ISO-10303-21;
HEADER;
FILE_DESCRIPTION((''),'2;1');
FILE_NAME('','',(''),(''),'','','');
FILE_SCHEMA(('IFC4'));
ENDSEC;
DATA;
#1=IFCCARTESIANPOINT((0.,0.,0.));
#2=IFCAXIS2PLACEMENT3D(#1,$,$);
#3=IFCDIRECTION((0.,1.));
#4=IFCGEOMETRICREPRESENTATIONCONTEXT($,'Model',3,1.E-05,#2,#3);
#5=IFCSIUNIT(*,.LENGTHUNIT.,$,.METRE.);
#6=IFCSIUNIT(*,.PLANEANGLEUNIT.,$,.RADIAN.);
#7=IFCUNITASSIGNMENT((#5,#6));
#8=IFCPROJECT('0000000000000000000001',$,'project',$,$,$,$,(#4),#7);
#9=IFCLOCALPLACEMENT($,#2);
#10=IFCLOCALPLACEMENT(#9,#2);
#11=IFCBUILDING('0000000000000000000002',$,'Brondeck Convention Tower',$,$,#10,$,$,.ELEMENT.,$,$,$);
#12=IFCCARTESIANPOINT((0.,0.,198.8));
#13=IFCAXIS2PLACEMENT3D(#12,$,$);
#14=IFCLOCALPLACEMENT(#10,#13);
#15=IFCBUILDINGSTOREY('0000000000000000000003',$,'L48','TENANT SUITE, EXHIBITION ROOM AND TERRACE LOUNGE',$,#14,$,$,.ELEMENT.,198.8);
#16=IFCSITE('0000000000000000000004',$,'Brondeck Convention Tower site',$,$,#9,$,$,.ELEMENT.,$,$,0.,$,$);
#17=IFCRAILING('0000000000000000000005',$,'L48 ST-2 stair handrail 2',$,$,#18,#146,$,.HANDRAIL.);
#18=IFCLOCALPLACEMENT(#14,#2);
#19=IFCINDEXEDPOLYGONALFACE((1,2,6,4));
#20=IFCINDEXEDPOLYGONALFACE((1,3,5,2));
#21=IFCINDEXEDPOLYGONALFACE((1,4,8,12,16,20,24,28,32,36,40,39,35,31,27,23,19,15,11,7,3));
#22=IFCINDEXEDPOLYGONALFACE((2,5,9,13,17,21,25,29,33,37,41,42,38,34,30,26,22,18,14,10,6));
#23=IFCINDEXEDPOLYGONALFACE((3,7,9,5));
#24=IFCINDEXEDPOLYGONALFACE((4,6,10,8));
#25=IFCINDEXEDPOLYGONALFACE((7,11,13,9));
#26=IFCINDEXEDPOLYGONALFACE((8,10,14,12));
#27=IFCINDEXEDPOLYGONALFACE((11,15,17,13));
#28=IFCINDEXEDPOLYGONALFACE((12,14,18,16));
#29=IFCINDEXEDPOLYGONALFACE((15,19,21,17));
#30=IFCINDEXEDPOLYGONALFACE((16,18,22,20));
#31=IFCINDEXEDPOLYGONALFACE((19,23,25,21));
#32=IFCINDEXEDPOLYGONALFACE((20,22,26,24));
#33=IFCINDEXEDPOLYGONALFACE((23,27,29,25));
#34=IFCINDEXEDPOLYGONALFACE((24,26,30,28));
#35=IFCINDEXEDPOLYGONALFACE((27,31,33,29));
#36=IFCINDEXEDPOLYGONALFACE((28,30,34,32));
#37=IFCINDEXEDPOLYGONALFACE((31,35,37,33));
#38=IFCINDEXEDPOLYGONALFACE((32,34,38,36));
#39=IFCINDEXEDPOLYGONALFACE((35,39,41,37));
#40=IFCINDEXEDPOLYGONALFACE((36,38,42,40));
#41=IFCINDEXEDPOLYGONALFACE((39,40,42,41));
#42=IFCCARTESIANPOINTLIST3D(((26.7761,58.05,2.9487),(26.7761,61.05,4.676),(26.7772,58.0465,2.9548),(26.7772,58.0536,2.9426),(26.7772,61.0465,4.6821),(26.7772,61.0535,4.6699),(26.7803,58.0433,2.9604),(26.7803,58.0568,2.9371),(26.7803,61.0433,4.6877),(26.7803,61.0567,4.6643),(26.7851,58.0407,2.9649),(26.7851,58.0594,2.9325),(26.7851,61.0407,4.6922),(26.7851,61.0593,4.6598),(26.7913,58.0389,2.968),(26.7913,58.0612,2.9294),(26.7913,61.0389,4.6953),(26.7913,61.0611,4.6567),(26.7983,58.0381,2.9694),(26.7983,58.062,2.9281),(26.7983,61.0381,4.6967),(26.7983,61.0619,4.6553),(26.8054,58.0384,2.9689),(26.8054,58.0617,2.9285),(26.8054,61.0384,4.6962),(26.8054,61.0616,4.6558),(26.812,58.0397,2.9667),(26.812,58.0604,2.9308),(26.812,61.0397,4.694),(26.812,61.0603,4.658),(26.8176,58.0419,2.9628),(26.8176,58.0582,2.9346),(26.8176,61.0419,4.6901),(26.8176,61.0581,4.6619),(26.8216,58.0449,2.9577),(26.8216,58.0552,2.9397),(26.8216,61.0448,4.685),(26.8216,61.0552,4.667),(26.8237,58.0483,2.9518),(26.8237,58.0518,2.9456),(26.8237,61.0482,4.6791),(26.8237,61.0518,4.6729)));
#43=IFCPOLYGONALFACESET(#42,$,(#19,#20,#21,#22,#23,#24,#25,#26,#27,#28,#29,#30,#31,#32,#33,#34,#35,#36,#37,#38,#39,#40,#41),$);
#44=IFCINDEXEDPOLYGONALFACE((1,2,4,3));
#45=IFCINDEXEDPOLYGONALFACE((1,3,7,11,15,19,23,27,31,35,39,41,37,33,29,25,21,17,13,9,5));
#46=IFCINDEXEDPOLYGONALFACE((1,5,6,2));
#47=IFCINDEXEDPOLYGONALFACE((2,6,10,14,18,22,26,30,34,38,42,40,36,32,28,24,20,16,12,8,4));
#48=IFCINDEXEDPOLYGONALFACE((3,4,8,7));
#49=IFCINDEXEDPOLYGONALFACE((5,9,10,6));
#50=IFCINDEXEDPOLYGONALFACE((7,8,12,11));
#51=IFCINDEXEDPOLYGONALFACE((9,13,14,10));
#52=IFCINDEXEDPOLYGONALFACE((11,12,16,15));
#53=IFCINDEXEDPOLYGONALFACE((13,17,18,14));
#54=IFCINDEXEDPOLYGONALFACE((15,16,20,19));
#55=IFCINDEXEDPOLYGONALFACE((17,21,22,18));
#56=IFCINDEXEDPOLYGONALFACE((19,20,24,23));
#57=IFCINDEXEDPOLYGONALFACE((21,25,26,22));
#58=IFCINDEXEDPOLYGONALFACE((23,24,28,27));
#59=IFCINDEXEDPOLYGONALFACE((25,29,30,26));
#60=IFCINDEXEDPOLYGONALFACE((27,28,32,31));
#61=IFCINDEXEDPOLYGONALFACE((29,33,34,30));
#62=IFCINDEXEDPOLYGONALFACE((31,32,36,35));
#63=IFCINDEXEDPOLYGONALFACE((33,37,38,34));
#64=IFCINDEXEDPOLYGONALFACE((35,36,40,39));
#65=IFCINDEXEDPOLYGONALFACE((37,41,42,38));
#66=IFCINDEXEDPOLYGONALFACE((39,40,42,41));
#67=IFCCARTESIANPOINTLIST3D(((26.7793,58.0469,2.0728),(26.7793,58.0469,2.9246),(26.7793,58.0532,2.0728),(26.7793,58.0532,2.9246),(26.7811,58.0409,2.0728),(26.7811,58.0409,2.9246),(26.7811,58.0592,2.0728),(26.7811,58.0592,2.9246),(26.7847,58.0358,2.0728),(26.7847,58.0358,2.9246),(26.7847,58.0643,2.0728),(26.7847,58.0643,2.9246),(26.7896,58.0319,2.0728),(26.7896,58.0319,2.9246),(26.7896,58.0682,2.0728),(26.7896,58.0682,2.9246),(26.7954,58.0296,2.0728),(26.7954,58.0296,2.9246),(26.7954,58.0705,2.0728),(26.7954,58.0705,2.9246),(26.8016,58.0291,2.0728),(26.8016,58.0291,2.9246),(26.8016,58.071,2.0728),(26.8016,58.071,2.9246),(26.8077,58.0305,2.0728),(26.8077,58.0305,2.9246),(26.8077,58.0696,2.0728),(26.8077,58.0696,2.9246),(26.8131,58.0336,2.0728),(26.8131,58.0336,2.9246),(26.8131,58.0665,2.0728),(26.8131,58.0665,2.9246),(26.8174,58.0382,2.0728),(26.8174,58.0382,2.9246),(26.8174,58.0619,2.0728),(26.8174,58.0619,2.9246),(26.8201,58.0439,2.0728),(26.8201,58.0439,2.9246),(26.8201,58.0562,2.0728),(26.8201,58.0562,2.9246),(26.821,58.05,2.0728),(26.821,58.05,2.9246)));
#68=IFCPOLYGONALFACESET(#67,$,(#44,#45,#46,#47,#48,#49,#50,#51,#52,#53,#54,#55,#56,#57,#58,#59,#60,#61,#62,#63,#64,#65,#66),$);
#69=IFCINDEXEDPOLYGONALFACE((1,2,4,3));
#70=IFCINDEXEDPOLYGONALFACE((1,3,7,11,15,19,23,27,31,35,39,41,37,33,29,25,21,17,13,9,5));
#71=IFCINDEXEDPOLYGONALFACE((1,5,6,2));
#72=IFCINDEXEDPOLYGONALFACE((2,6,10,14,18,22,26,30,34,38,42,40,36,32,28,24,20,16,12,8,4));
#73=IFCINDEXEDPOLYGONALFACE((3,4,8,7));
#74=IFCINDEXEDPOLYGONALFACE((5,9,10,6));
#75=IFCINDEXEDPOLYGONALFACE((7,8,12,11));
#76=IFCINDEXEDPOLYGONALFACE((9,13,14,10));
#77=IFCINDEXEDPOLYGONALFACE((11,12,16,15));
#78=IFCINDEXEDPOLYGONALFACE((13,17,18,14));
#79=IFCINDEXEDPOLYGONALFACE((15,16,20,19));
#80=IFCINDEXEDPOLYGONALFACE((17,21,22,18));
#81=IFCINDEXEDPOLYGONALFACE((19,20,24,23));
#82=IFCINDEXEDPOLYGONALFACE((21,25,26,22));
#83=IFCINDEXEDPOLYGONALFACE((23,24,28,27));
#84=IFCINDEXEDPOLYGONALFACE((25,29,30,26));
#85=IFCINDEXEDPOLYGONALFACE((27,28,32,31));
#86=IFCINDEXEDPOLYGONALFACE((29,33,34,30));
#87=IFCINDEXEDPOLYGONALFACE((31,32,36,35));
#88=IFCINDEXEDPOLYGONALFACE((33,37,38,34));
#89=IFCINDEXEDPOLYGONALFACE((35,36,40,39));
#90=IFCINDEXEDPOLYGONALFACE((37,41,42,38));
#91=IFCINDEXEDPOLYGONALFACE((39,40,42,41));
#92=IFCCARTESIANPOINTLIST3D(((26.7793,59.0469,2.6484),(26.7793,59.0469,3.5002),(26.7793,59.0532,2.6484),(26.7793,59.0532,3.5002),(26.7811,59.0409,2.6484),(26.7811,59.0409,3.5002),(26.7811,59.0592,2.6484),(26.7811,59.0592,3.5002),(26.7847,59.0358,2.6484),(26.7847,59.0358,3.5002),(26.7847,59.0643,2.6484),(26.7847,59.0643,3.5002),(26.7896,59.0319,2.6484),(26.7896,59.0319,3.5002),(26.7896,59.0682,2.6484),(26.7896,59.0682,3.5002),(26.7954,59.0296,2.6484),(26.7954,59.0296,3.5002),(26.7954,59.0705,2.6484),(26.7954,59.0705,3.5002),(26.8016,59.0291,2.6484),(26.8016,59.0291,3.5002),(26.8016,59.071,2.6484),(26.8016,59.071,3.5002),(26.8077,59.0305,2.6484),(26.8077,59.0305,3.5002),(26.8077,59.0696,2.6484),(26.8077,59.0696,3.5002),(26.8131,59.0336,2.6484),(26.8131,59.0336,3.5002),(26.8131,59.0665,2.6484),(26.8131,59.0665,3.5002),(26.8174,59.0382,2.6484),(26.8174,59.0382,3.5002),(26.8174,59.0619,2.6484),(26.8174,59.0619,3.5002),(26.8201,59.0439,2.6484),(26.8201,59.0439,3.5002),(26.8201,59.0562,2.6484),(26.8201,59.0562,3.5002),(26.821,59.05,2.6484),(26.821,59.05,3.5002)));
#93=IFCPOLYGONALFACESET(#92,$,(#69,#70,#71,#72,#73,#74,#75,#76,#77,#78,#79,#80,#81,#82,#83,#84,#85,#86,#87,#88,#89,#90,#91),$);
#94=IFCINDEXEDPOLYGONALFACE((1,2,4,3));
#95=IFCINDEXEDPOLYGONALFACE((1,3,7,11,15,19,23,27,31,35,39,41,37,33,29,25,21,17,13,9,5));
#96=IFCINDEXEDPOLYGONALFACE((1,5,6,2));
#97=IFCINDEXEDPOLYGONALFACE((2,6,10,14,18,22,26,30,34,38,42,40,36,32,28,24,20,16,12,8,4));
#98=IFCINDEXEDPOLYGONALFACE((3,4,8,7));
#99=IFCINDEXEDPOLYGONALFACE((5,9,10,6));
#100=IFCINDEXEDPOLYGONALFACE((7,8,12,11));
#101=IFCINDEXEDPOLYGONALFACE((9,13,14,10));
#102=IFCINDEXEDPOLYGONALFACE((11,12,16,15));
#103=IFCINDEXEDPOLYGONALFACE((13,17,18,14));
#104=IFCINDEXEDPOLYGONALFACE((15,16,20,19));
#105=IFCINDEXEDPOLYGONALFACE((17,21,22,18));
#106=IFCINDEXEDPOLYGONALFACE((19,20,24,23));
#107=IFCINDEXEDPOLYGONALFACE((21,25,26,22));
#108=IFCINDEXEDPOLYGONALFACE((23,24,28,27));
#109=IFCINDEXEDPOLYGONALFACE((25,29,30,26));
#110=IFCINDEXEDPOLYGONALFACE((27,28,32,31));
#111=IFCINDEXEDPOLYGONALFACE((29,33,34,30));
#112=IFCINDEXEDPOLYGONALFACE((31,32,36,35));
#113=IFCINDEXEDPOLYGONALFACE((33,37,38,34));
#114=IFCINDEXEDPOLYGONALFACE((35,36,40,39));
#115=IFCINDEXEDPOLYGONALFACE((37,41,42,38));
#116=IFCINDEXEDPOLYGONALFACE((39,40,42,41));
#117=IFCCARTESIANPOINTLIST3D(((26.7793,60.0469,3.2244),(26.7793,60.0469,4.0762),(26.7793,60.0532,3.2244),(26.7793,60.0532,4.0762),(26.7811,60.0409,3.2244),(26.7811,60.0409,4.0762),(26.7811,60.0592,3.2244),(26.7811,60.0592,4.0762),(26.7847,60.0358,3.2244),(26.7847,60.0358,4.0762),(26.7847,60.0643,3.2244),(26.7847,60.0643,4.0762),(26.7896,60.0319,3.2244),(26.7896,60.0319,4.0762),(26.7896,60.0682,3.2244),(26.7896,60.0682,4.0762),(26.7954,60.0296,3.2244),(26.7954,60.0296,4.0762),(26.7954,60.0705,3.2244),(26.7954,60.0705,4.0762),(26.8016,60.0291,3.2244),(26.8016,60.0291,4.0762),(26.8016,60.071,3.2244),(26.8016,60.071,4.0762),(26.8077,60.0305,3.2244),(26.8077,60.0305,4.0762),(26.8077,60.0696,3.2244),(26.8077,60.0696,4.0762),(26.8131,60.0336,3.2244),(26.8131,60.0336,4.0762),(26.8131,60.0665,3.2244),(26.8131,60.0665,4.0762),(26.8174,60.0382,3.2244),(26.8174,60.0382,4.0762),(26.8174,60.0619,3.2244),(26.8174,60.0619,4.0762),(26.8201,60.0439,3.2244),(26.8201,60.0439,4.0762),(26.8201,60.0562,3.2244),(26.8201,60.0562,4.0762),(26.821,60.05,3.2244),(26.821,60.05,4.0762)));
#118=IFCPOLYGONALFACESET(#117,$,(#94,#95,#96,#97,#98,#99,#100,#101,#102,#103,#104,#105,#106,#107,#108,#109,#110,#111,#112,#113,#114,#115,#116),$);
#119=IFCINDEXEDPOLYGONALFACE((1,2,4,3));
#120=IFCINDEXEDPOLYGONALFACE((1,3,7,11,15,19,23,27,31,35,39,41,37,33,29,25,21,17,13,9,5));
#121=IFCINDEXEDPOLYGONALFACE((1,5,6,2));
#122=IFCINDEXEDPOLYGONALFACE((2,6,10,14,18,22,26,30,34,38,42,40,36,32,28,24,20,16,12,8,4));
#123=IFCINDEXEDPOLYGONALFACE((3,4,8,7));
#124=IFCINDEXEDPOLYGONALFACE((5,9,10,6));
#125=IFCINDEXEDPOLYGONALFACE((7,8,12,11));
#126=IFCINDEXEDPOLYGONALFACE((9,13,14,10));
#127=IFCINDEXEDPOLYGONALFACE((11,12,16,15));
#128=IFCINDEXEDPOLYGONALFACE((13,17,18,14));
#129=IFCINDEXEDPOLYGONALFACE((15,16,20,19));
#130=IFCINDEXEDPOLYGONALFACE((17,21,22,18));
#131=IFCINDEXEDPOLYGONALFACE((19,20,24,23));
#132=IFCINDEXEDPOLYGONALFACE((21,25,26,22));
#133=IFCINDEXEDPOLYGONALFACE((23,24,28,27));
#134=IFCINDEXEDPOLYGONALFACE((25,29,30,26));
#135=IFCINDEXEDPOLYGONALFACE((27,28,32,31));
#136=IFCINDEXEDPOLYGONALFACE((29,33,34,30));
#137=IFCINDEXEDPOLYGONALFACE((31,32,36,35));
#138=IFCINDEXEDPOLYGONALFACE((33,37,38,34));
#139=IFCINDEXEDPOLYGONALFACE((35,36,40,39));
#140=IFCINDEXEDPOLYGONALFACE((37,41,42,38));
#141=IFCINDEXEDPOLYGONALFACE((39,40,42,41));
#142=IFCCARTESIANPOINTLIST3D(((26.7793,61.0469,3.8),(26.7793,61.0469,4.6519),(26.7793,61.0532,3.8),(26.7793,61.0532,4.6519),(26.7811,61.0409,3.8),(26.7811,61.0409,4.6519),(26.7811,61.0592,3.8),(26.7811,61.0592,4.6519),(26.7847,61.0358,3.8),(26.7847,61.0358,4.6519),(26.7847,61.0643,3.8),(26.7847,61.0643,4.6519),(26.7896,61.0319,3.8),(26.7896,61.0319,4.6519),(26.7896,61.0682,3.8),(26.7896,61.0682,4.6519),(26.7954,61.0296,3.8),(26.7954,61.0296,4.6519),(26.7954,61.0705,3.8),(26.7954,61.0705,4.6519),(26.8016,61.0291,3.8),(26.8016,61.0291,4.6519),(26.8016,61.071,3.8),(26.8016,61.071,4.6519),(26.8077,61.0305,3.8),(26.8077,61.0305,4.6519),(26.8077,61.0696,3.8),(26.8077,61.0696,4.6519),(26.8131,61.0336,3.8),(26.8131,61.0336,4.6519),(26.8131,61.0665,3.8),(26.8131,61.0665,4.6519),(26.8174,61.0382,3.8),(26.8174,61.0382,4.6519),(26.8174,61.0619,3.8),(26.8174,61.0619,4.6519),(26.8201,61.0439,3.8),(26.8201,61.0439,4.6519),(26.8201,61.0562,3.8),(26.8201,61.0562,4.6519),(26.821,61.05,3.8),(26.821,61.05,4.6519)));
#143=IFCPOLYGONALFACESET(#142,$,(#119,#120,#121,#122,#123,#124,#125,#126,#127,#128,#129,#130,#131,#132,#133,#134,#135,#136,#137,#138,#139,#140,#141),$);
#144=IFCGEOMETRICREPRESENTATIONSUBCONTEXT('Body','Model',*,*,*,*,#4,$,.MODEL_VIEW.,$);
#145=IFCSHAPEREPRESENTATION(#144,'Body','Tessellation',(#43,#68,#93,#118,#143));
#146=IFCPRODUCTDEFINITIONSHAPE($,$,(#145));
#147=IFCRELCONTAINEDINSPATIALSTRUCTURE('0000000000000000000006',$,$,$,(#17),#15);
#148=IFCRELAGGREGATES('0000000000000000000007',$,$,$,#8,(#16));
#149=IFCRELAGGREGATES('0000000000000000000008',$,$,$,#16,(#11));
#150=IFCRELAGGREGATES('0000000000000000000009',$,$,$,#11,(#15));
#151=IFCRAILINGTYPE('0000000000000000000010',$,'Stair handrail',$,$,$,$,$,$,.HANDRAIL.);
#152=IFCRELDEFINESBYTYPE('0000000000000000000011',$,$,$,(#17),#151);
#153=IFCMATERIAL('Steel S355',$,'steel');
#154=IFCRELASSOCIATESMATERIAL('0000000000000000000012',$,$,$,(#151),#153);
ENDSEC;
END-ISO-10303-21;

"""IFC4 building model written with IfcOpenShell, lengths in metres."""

from ifc_helpers import new_model, si_unit, direction, frame, origin, origin_2d, place, context, subcontext, project, spatial, circle, extrude, material, type_object, element, save


model = new_model("IFC4")

# Units and contexts
model_context = context("Model", 3, precision=1e-05, world=origin(), true_north=direction((0.0, 1.0)))
body_context = subcontext(model_context, "Body", "Model", "MODEL_VIEW")
ifc_project = project(units=[si_unit("LENGTHUNIT", "METRE"), si_unit("PLANEANGLEUNIT", "RADIAN")], contexts=[model_context])

# Site, building, storey
site_placement = place(None, origin())
site = spatial("IfcSite", under=ifc_project, at=site_placement, Name="Brondeck Convention Tower site", CompositionType="ELEMENT", RefElevation=0.0)
building_placement = place(site_placement, origin())
building = spatial("IfcBuilding", under=site, at=building_placement, Name="Brondeck Convention Tower", CompositionType="ELEMENT")
storey_placement = place(building_placement, frame((0.0, 0.0, 198.8)))
storey = spatial("IfcBuildingStorey", under=building, at=storey_placement, Name="L48", Description="TENANT SUITE, EXHIBITION ROOM AND TERRACE LOUNGE", CompositionType="ELEMENT", Elevation=198.8)

# Shared definitions
ifc_material_1 = material(Name="Steel S355", Category="steel")

# Railing
railing_type_1 = type_object("IfcRailingType", Name="Stair handrail", PredefinedType="HANDRAIL", material=ifc_material_1)
railing_1_placement = place(storey_placement, frame((26.8, 58.05, 2.0728)))
element("IfcRailing", 1, at=railing_1_placement, inside=storey, type_object=railing_type_1, Name="L48 ST-2 stair handrail 2", PredefinedType="HANDRAIL", context=body_context, shape_type="SweptSolid", body=[
    extrude(circle(Radius=0.0239, at=origin_2d()), frame((0.0, 0.0, 0.876), z_axis=(0.0, 0.86662, 0.498969), x_axis=(-1.0, 0.0, 0.0)), (0.0, 0.0, 1.0), 3.4617),
    extrude(circle(Radius=0.021, at=origin_2d()), origin(), (0.0, 0.0, 1.0), 0.8518),
    extrude(circle(Radius=0.021, at=origin_2d()), frame((0.0, 1.0, 0.5757)), (0.0, 0.0, 1.0), 0.8518),
    extrude(circle(Radius=0.021, at=origin_2d()), frame((0.0, 2.0, 1.1516)), (0.0, 0.0, 1.0), 0.8518),
    extrude(circle(Radius=0.021, at=origin_2d()), frame((0.0, 3.0, 1.7273)), (0.0, 0.0, 1.0), 0.8518),
])

save(model, "model.ifc")
